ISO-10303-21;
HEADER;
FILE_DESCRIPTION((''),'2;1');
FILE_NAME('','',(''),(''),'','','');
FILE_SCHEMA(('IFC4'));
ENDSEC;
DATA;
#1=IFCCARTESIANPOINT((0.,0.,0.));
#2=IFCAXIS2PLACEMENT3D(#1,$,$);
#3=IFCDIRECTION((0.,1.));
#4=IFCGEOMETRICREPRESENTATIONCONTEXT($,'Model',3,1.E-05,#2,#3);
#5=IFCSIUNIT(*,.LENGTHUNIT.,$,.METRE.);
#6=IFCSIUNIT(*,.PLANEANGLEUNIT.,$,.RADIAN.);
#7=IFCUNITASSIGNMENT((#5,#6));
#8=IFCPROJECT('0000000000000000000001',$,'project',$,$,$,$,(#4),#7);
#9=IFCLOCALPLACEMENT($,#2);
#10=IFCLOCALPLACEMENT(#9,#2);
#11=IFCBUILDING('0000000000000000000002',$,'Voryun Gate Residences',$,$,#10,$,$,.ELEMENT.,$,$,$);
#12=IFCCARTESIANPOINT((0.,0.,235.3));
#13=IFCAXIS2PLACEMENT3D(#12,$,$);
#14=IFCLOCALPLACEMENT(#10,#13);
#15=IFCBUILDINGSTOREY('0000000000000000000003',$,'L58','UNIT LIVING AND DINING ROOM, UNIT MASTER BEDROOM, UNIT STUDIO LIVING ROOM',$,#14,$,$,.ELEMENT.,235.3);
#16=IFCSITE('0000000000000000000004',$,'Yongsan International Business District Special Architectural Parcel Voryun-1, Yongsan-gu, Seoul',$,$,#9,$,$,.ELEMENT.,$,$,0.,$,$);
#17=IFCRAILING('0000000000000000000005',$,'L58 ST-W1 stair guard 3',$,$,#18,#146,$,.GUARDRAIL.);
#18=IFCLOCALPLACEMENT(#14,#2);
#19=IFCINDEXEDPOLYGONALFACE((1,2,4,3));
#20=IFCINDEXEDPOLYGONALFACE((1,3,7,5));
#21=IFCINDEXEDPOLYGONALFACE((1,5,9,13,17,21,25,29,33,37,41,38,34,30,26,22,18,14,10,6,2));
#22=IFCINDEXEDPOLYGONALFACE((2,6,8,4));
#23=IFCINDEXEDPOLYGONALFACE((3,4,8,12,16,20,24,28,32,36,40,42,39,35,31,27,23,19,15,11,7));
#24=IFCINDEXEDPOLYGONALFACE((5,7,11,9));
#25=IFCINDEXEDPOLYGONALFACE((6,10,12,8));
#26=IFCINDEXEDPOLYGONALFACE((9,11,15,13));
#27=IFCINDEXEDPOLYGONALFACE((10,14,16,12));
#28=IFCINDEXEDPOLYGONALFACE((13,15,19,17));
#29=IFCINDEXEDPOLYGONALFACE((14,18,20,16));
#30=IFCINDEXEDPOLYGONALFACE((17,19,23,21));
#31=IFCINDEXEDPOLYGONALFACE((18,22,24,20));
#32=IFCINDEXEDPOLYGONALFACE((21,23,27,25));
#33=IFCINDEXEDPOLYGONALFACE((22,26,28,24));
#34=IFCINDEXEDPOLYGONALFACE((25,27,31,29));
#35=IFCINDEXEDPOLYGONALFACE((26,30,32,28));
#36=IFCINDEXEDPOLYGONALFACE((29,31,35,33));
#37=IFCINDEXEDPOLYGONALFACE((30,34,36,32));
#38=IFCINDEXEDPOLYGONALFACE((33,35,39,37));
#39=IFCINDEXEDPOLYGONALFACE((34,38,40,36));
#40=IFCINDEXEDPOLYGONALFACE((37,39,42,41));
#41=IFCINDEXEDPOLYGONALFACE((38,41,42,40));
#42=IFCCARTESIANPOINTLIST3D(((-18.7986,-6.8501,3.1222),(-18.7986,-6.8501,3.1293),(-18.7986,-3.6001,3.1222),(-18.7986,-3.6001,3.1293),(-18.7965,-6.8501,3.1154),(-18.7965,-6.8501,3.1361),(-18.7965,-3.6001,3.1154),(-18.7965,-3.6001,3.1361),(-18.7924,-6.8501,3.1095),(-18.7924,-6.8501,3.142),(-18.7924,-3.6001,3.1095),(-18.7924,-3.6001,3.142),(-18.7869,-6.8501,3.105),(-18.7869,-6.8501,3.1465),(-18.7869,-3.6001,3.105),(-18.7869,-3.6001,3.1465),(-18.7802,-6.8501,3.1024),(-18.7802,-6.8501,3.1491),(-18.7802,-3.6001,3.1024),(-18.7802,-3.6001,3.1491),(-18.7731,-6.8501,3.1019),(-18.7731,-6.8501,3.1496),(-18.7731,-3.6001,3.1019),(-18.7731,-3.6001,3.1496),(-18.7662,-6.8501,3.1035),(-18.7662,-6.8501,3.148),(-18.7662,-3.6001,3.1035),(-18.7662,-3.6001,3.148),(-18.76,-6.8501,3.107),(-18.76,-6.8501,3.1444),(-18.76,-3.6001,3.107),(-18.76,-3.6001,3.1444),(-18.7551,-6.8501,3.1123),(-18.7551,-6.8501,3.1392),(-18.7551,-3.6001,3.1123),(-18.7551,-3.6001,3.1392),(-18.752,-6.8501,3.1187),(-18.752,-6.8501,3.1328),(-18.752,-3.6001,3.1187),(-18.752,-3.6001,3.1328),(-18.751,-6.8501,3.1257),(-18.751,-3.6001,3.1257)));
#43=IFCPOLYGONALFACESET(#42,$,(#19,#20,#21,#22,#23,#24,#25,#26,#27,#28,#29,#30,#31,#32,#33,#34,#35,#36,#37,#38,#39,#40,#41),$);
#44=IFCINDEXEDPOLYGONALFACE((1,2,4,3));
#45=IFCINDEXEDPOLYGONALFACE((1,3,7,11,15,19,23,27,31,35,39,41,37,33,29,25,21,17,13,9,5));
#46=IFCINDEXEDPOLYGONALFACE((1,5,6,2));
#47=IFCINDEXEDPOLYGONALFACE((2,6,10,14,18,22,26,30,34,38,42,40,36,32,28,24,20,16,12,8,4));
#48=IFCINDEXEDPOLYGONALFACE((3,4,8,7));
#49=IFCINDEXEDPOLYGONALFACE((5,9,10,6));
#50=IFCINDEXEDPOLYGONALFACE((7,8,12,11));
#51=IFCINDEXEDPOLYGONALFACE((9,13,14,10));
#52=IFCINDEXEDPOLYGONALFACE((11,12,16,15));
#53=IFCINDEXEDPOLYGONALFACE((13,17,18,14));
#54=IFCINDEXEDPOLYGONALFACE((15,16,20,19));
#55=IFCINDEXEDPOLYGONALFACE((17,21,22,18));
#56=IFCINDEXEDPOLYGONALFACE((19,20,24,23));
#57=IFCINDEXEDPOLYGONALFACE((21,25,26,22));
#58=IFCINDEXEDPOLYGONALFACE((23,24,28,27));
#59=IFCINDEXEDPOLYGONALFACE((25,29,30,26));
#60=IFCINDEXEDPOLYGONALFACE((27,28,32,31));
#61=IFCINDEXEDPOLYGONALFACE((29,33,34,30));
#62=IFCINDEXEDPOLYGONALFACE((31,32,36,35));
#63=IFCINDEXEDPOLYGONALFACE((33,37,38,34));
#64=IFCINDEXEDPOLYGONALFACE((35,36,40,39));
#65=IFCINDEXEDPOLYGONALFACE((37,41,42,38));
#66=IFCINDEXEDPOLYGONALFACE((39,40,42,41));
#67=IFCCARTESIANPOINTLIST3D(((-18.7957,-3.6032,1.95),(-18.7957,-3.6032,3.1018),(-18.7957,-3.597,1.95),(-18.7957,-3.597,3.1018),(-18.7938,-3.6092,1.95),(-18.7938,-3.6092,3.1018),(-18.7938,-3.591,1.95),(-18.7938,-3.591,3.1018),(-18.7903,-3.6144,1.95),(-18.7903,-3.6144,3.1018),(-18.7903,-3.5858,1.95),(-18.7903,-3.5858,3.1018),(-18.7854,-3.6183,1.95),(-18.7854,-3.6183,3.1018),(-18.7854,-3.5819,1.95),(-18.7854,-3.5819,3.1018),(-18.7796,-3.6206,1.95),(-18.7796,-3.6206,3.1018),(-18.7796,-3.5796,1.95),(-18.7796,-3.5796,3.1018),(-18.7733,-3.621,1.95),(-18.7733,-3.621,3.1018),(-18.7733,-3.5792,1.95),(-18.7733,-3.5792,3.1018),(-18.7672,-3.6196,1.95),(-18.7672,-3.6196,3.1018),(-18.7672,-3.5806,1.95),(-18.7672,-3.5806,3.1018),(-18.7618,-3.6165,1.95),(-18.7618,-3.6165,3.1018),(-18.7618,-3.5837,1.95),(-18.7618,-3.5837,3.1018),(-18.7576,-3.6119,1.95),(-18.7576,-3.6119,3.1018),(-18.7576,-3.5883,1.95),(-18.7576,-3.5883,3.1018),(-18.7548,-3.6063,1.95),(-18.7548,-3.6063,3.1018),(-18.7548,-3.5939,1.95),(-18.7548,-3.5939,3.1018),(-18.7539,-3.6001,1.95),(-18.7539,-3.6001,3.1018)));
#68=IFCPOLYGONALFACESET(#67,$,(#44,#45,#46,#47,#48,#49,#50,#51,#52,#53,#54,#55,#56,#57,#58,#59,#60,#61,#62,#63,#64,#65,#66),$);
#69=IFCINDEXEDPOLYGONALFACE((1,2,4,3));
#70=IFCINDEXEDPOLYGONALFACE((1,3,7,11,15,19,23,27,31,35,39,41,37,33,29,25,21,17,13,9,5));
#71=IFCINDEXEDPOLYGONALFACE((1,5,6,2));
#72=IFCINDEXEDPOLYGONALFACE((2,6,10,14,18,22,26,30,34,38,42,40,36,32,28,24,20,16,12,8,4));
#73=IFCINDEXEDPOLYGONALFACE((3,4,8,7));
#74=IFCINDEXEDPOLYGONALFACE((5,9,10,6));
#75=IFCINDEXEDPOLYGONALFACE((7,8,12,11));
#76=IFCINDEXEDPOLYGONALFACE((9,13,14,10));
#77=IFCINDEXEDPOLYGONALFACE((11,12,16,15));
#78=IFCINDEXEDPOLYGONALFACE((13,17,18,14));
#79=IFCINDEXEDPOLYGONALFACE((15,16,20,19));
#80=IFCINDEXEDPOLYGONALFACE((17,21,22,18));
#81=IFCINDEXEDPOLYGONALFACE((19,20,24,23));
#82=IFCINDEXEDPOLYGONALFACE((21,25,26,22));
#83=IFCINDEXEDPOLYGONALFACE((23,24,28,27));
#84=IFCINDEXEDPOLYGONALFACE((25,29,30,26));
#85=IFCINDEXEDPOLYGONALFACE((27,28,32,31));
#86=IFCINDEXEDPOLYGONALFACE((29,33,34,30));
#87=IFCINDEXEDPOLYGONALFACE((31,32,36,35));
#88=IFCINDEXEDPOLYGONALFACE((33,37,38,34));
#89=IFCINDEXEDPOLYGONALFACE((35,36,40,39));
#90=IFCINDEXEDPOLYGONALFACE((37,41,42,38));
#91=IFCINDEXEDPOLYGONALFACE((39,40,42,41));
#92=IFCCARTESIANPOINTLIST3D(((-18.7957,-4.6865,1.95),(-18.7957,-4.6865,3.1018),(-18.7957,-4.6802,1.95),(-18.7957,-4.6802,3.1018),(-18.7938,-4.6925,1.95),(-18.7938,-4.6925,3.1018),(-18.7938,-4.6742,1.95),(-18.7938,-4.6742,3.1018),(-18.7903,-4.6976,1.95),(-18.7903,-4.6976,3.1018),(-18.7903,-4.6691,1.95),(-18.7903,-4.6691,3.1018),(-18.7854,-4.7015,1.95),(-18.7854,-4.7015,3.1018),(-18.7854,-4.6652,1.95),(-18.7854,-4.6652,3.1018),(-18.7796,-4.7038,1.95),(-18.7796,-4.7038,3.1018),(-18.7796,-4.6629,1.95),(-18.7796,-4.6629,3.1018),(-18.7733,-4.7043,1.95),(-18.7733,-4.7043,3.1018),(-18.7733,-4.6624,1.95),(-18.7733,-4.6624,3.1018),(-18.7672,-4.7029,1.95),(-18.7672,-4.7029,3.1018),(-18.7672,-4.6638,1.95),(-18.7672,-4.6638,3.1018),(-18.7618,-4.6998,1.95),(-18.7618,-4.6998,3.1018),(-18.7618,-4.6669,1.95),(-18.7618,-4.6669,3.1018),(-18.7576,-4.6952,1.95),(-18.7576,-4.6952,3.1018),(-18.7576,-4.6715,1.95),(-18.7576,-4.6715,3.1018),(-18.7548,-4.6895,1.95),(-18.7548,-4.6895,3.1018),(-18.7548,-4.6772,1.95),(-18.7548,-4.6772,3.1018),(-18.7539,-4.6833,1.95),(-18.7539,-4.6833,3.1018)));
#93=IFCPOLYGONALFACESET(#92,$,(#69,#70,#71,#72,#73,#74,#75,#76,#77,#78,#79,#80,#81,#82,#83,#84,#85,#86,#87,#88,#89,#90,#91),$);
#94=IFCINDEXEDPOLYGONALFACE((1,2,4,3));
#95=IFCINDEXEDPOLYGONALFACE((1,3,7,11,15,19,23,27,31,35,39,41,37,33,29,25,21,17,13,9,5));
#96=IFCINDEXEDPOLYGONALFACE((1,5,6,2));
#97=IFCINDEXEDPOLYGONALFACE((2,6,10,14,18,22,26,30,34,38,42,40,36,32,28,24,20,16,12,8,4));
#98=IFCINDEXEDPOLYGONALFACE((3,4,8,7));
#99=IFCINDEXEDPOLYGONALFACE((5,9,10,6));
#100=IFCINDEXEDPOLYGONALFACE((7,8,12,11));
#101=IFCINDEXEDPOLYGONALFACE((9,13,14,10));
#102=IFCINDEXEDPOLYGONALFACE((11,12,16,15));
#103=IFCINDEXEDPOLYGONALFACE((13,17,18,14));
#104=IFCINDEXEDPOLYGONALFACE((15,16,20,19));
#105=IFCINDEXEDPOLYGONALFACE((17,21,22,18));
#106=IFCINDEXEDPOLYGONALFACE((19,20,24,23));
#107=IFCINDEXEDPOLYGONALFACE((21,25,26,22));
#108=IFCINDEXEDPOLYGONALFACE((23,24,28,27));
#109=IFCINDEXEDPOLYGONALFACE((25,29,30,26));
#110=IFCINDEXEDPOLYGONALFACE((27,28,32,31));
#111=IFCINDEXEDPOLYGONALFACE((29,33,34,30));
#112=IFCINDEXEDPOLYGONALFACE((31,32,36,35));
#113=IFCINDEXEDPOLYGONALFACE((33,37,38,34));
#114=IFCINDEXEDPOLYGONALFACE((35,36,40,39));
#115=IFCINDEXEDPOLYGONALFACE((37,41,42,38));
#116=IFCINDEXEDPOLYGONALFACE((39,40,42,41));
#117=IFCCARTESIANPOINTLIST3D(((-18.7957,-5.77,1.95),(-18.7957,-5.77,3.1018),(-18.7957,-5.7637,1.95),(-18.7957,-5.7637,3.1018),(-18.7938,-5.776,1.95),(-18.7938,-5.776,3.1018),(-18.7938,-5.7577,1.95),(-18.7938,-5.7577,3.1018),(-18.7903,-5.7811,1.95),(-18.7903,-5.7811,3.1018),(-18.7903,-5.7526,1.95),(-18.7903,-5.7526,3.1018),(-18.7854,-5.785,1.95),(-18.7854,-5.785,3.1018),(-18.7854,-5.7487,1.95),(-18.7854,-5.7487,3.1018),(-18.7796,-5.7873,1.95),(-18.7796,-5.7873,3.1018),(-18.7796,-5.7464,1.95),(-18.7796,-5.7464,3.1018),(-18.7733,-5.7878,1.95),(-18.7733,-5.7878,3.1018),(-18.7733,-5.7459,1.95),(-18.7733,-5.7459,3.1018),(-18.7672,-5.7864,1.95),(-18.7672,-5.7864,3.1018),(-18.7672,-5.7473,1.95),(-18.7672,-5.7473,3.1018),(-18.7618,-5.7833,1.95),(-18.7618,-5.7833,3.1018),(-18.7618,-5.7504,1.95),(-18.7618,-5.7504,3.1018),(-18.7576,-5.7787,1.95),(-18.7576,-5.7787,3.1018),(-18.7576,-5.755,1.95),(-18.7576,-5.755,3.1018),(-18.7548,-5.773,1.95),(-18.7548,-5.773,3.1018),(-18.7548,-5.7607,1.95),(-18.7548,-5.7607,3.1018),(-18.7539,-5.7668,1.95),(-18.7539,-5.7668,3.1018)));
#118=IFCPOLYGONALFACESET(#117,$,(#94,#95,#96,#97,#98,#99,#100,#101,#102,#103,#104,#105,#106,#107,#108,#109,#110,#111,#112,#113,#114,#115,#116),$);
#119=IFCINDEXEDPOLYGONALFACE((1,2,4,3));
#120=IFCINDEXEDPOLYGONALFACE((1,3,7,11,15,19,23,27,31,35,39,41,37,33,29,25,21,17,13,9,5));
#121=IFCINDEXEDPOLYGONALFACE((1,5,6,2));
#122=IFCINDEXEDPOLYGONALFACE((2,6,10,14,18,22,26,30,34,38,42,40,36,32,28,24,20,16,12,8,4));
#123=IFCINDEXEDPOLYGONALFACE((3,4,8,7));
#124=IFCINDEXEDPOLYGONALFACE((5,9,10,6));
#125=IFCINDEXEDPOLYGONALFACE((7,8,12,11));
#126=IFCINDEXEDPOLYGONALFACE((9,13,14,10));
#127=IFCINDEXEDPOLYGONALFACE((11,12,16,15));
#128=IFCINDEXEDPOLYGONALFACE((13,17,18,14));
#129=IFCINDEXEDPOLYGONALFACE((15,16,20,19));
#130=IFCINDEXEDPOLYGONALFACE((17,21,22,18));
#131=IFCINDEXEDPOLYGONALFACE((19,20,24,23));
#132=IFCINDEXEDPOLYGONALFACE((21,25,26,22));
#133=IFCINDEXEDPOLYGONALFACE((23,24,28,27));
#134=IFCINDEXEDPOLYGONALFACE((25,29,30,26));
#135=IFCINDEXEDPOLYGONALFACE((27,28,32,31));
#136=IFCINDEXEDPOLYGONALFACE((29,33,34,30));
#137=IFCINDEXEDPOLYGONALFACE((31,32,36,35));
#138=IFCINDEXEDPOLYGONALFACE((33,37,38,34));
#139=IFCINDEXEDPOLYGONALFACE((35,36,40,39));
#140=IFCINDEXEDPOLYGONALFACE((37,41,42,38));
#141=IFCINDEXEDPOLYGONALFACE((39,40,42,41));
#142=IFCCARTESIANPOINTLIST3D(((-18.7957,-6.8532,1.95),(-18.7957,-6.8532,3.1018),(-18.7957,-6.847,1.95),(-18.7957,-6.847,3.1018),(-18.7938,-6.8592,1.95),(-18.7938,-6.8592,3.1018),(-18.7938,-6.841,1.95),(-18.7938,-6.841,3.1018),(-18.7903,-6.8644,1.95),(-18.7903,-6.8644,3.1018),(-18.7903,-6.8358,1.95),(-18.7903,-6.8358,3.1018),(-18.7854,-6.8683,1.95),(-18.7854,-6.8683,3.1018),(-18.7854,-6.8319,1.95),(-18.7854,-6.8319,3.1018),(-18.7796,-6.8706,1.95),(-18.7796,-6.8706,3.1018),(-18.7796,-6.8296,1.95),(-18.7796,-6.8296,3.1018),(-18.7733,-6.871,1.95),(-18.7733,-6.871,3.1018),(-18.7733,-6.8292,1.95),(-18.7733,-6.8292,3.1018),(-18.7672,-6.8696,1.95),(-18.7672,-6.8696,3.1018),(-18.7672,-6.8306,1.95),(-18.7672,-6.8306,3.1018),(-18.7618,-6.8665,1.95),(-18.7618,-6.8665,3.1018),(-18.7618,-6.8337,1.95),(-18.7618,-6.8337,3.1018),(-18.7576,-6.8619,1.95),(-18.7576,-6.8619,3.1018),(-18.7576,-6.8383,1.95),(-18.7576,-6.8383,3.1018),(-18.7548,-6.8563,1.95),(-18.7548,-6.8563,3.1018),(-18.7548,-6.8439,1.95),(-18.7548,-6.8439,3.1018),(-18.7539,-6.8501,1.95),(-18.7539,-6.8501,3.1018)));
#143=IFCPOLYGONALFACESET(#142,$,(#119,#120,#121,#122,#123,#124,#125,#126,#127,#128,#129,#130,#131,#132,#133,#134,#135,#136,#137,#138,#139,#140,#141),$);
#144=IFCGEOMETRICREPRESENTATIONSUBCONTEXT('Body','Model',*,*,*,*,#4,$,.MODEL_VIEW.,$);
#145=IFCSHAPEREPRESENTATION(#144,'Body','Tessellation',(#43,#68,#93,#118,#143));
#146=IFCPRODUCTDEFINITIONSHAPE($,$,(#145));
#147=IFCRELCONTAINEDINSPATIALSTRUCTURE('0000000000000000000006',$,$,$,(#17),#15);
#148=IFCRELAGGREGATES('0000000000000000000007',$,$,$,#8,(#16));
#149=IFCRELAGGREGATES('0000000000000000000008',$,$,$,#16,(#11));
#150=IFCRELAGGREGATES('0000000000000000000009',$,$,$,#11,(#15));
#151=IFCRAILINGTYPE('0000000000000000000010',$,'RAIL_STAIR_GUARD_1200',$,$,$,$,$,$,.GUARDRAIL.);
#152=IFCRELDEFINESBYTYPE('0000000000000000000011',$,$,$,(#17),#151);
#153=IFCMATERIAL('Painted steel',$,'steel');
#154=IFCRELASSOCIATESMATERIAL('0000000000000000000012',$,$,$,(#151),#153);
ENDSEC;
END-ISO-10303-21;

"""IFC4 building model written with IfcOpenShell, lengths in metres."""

from ifc_helpers import new_model, si_unit, direction, frame, origin, origin_2d, place, context, subcontext, project, spatial, circle, extrude, material, type_object, element, save


model = new_model("IFC4")

# Units and contexts
model_context = context("Model", 3, precision=1e-05, world=origin(), true_north=direction((0.0, 1.0)))
body_context = subcontext(model_context, "Body", "Model", "MODEL_VIEW")
ifc_project = project(units=[si_unit("LENGTHUNIT", "METRE"), si_unit("PLANEANGLEUNIT", "RADIAN")], contexts=[model_context])

# Site, building, storey
site_placement = place(None, origin())
site = spatial("IfcSite", under=ifc_project, at=site_placement, Name="Yongsan International Business District Special Architectural Parcel Voryun-1, Yongsan-gu, Seoul", CompositionType="ELEMENT", RefElevation=0.0)
building_placement = place(site_placement, origin())
building = spatial("IfcBuilding", under=site, at=building_placement, Name="Voryun Gate Residences", CompositionType="ELEMENT")
storey_placement = place(building_placement, frame((0.0, 0.0, 235.3)))
storey = spatial("IfcBuildingStorey", under=building, at=storey_placement, Name="L58", Description="UNIT LIVING AND DINING ROOM, UNIT MASTER BEDROOM, UNIT STUDIO LIVING ROOM", CompositionType="ELEMENT", Elevation=235.3)

# Railing
ifc_material_1 = material(Name="Painted steel", Category="steel")
railing_type_1 = type_object("IfcRailingType", Name="RAIL_STAIR_GUARD_1200", PredefinedType="GUARDRAIL", material=ifc_material_1)
railing_1_placement = place(storey_placement, frame((-18.7749, -3.6001, 1.95)))
element("IfcRailing", 1, at=railing_1_placement, inside=storey, type_object=railing_type_1, Name="L58 ST-W1 stair guard 3", PredefinedType="GUARDRAIL", context=body_context, shape_type="SweptSolid", body=[
    extrude(circle(Radius=0.0239, at=origin_2d()), frame((0.0, 0.0, 1.1758), z_axis=(0.0, -1.0, 0.0), x_axis=(1.0, 0.0, 0.0)), (0.0, 0.0, 1.0), 3.25),
    extrude(circle(Radius=0.021, at=origin_2d()), origin(), (0.0, 0.0, 1.0), 1.1519),
    extrude(circle(Radius=0.021, at=origin_2d()), frame((0.0, -1.0833, 0.0)), (0.0, 0.0, 1.0), 1.1519),
    extrude(circle(Radius=0.021, at=origin_2d()), frame((0.0, -2.1667, 0.0)), (0.0, 0.0, 1.0), 1.1519),
    extrude(circle(Radius=0.021, at=origin_2d()), frame((0.0, -3.25, 0.0)), (0.0, 0.0, 1.0), 1.1519),
])

save(model, "model.ifc")
